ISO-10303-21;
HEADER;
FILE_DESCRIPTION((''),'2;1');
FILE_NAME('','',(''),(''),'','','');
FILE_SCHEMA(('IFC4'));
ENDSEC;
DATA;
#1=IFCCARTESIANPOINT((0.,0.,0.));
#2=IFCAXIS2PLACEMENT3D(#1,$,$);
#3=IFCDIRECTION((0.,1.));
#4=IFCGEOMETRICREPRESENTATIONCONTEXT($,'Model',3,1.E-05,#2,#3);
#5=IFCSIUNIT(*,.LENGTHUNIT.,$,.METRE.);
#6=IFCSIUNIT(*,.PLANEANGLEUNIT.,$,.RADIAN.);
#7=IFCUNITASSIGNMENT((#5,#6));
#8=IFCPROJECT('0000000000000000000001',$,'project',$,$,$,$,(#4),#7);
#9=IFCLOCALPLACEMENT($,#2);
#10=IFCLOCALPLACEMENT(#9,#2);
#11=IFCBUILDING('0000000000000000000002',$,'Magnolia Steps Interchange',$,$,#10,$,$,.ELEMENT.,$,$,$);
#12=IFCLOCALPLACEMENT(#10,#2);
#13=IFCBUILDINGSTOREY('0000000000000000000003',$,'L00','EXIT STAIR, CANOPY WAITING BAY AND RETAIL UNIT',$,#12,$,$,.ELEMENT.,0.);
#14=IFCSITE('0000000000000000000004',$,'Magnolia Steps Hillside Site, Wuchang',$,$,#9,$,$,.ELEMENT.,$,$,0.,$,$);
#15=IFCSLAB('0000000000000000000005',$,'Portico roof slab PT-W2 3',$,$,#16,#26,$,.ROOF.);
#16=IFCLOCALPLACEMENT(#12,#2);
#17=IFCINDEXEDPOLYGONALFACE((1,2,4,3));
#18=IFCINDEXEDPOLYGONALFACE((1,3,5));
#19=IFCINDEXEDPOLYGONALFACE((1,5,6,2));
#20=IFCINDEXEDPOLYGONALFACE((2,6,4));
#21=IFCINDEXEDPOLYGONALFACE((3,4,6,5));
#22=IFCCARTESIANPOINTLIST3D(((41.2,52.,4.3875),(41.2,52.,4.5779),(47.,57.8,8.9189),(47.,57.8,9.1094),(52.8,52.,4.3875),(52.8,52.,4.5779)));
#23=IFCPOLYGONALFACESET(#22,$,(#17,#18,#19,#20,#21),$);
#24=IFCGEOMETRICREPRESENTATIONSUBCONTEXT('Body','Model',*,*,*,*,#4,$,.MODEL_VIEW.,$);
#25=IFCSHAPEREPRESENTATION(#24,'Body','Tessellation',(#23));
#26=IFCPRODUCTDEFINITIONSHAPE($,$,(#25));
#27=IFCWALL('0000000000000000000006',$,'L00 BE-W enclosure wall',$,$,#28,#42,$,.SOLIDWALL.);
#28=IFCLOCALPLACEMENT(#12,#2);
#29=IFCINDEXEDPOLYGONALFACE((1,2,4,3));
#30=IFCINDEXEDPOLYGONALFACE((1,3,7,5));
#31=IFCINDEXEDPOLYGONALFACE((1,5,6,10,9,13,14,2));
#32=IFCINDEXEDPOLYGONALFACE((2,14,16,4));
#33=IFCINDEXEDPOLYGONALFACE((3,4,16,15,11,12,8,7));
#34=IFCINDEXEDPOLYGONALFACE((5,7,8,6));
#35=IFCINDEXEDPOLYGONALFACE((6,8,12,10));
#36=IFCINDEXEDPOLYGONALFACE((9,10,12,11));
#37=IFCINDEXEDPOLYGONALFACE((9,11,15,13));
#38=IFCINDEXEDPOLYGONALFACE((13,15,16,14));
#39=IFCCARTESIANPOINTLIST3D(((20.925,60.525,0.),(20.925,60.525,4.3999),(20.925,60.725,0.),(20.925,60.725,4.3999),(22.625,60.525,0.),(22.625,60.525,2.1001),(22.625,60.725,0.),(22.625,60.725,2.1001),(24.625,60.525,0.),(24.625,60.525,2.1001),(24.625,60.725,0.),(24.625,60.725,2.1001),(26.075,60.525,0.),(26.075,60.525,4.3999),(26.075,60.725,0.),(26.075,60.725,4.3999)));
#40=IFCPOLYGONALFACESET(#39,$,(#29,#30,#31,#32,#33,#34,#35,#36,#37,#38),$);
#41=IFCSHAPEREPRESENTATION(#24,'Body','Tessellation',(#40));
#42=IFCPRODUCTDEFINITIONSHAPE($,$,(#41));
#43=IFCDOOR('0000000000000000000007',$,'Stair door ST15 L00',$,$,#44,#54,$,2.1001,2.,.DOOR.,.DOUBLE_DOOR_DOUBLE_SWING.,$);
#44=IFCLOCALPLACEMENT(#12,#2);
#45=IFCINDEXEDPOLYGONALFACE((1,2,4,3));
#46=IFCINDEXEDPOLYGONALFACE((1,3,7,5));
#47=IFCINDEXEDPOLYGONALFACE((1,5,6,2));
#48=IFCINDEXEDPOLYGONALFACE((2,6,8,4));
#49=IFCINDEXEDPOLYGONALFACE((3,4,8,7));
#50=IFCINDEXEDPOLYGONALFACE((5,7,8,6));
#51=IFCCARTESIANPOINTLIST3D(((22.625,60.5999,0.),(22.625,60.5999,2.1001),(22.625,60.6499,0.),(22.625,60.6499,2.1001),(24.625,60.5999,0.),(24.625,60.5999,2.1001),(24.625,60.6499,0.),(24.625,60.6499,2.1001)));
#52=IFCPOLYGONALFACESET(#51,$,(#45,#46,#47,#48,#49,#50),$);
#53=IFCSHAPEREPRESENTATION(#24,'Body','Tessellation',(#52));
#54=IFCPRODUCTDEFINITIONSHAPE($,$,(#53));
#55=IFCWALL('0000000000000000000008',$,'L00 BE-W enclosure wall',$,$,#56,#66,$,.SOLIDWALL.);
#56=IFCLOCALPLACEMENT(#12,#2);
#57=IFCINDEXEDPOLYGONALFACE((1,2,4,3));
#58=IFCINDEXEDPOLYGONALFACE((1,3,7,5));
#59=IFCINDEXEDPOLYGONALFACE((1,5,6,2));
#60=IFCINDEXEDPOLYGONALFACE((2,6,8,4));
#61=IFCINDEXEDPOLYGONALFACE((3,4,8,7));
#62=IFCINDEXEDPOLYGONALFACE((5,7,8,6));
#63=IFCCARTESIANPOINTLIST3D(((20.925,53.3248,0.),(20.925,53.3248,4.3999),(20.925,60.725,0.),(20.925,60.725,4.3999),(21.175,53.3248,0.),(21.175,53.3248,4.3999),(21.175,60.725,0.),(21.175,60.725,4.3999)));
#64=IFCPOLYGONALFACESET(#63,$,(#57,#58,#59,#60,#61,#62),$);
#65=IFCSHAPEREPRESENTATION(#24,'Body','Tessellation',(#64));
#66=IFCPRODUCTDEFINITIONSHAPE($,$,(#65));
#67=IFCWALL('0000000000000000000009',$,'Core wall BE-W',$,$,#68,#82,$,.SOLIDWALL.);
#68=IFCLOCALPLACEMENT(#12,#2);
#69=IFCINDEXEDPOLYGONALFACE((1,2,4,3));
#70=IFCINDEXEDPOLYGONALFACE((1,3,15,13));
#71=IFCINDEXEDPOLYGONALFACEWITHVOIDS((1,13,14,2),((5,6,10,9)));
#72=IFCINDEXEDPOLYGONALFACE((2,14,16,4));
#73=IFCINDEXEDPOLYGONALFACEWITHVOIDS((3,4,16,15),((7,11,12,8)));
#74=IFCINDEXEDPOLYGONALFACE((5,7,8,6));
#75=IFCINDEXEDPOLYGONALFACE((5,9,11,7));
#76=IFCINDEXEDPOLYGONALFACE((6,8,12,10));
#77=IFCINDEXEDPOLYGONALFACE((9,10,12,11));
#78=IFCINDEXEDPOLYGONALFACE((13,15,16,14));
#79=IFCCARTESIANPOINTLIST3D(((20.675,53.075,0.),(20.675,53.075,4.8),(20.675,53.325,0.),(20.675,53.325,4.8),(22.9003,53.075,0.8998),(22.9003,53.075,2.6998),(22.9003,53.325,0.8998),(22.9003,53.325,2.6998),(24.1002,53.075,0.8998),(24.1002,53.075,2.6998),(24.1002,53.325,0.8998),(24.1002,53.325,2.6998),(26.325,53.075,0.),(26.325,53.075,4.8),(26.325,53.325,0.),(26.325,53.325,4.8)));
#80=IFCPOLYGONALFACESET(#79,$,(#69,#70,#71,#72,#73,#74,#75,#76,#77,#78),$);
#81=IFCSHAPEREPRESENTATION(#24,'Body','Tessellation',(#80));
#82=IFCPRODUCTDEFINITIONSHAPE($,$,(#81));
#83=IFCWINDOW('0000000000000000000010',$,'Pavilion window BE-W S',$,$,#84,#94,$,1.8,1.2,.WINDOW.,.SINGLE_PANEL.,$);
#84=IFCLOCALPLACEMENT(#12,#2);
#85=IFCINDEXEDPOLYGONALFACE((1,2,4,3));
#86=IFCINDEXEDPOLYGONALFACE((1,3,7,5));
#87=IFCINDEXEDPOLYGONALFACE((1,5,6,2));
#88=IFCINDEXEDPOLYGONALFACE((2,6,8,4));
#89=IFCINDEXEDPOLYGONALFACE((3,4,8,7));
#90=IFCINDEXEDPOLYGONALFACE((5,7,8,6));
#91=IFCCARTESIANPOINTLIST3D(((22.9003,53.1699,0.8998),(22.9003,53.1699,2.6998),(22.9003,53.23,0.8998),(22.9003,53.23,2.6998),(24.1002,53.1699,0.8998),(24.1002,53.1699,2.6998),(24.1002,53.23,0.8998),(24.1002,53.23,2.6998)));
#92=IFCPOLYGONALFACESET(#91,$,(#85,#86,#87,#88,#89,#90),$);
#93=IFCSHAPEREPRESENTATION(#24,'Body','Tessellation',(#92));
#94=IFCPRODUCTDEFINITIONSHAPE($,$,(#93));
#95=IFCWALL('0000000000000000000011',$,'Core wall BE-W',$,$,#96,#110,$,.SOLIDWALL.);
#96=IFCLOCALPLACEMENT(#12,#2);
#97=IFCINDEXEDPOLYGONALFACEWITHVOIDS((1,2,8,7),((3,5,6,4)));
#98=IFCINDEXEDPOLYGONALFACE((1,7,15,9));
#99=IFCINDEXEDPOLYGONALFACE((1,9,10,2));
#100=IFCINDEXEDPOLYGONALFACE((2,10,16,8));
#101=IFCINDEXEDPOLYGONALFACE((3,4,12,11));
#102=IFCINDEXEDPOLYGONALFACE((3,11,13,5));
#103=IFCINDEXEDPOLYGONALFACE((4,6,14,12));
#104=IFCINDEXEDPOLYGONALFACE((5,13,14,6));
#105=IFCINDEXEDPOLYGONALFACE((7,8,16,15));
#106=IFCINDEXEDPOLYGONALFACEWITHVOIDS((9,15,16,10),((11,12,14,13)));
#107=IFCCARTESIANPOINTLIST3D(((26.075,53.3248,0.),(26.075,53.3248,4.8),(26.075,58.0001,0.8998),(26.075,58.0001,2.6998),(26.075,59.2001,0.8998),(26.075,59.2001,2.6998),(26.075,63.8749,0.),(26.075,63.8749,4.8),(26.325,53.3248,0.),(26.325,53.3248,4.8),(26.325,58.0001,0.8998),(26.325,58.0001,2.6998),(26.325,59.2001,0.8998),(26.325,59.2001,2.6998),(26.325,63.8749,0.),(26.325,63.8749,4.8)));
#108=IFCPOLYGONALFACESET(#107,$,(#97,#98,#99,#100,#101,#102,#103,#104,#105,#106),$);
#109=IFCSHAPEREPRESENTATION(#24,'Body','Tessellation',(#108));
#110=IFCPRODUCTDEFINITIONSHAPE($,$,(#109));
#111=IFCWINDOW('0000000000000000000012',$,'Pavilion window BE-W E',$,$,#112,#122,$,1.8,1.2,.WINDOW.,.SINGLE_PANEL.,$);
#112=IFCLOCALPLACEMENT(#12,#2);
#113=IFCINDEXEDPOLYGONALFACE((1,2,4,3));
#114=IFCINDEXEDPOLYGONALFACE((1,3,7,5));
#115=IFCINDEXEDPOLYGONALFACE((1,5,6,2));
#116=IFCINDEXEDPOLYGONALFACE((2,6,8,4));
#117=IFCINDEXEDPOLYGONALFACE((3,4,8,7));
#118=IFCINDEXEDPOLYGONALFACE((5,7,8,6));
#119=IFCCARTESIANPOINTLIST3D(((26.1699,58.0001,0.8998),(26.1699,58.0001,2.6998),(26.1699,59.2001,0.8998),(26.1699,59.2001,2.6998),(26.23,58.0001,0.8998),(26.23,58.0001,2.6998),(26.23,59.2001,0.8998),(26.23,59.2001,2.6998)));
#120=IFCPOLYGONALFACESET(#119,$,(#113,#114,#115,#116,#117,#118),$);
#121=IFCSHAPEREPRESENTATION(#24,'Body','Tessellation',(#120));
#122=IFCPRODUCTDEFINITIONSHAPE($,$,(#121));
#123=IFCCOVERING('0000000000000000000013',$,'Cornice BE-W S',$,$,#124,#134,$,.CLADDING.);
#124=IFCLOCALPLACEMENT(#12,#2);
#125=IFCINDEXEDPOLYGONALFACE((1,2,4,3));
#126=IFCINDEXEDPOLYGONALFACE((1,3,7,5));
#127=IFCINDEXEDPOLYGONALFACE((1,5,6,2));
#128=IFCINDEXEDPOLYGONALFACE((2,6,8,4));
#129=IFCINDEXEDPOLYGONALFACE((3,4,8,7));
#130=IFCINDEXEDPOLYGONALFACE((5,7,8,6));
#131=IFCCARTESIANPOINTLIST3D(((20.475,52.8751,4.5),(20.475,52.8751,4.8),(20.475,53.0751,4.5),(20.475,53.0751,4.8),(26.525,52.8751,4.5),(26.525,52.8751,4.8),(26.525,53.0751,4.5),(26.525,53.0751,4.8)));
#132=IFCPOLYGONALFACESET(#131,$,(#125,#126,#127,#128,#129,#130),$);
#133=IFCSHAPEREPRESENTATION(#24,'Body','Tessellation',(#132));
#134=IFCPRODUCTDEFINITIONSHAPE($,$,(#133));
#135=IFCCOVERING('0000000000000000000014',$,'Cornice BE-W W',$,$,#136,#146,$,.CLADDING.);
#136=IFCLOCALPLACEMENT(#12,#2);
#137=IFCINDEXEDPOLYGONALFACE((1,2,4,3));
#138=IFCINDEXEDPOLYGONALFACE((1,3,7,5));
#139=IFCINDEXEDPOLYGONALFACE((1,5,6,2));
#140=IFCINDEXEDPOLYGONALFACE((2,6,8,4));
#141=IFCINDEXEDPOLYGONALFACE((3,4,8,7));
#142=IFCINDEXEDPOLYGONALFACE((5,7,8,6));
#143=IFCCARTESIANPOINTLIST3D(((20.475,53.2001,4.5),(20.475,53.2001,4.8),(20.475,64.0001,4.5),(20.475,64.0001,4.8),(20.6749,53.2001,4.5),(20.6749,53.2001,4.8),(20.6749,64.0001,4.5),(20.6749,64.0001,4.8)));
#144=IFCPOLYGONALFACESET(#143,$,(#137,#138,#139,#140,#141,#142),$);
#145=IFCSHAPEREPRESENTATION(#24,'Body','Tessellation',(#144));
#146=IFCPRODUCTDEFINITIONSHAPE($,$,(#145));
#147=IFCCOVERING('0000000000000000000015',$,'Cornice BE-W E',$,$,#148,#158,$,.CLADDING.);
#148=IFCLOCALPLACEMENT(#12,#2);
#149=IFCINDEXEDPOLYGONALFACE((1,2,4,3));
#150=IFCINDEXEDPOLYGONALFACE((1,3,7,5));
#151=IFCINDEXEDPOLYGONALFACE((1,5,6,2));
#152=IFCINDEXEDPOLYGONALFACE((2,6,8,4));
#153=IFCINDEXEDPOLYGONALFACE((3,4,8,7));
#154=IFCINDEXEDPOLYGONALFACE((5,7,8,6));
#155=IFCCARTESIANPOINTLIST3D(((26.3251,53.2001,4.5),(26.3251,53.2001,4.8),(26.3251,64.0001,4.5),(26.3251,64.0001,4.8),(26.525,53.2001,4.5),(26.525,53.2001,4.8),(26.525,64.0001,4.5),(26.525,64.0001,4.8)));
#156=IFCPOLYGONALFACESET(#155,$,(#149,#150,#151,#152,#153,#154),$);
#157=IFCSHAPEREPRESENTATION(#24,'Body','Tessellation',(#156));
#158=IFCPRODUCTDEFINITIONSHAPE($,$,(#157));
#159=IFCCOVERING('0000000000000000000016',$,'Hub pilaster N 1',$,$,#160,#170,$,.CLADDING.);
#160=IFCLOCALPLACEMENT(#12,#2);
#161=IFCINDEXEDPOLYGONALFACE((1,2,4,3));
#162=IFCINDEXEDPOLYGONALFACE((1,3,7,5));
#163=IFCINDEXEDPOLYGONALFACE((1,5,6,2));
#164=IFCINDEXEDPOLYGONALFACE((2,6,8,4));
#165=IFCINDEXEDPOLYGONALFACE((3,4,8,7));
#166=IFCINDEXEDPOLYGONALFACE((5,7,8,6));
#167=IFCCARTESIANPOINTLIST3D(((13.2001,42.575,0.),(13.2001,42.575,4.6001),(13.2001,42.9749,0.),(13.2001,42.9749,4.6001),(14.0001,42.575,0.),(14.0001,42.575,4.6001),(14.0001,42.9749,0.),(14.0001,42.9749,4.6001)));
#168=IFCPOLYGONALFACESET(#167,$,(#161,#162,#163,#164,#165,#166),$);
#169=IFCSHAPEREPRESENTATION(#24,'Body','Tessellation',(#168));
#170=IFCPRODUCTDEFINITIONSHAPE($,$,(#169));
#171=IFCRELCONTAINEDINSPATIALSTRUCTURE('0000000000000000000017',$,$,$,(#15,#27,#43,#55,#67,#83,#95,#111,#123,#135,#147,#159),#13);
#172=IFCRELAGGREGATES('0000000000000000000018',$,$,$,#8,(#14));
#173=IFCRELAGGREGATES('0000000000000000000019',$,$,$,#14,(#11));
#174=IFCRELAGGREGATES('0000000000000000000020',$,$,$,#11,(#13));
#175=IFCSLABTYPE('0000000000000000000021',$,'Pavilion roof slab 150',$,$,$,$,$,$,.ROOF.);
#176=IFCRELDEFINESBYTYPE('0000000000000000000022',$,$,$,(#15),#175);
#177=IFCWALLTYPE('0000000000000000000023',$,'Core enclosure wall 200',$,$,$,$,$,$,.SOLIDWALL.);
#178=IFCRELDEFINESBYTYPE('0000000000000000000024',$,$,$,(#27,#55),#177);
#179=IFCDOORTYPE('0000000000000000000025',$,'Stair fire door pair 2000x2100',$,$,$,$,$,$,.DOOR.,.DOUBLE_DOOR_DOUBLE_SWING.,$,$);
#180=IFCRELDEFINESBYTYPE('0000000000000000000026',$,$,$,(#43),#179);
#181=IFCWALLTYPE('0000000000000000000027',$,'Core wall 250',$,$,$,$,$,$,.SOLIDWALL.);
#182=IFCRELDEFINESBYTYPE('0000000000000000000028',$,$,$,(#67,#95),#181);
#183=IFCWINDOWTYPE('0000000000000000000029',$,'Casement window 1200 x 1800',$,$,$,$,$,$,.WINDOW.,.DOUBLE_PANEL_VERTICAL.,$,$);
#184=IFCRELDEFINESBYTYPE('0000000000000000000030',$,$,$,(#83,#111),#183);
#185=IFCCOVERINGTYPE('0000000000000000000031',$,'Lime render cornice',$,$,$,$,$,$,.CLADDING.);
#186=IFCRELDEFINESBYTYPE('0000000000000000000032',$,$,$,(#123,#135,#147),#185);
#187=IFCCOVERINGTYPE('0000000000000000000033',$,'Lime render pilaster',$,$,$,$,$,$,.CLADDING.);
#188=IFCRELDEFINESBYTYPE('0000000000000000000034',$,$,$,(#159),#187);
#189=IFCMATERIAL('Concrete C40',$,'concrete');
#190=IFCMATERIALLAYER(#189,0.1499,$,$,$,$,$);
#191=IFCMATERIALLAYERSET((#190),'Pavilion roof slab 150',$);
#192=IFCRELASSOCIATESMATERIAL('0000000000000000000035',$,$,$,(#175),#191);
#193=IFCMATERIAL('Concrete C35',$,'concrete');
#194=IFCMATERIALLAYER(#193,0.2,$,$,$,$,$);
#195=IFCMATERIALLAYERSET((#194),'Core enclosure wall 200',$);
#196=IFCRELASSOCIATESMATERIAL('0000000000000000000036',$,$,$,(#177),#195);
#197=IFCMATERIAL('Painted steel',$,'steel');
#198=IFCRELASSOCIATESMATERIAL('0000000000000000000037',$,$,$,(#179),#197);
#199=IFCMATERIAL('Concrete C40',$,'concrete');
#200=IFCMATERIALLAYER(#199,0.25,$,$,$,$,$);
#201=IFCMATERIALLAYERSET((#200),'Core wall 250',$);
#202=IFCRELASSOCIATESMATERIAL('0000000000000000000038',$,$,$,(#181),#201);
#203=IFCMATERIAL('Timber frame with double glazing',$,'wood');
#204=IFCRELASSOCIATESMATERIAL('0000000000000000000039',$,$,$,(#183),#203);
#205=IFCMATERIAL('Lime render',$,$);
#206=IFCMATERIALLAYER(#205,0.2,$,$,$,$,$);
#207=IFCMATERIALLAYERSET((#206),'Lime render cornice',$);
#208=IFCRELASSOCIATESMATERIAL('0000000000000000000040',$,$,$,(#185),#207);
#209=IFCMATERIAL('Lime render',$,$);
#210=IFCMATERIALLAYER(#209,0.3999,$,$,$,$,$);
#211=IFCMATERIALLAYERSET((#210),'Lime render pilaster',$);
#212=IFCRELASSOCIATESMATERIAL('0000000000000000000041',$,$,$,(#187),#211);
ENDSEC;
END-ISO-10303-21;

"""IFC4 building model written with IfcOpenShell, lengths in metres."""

from ifc_helpers import new_model, si_unit, direction, frame, frame_2d, origin, origin_2d, place, context, subcontext, project, spatial, polyline, rectangle, outline, extrude, material, layer, layer_set, type_object, element, fill, save


model = new_model("IFC4")

# Units and contexts
model_context = context("Model", 3, precision=1e-05, world=origin(), true_north=direction((0.0, 1.0)))
body_context = subcontext(model_context, "Body", "Model", "MODEL_VIEW")
ifc_project = project(units=[si_unit("LENGTHUNIT", "METRE"), si_unit("PLANEANGLEUNIT", "RADIAN")], contexts=[model_context])

# Site, building, storey
site_placement = place(None, origin())
site = spatial("IfcSite", under=ifc_project, at=site_placement, Name="Magnolia Steps Hillside Site, Wuchang", CompositionType="ELEMENT", RefElevation=0.0)
building_placement = place(site_placement, origin())
building = spatial("IfcBuilding", under=site, at=building_placement, Name="Magnolia Steps Interchange", CompositionType="ELEMENT")
storey_placement = place(building_placement, origin())
storey = spatial("IfcBuildingStorey", under=building, at=storey_placement, Name="L00", Description="EXIT STAIR, CANOPY WAITING BAY AND RETAIL UNIT", CompositionType="ELEMENT", Elevation=0.0)

# Slab
ifc_material_1 = material(Name="Concrete C40", Category="concrete")
ifc_layer_1 = layer(ifc_material_1, 0.1499)
ifc_layer_set_1 = layer_set([ifc_layer_1], Name="Pavilion roof slab 150")
slab_type = type_object("IfcSlabType", Name="Pavilion roof slab 150", PredefinedType="ROOF", material=ifc_layer_set_1)
slab_placement = place(storey_placement, frame((41.2, 52.0, 4.5779), z_axis=(0.0, -0.615661, 0.788011), x_axis=(1.0, 0.0, 0.0)))
element("IfcSlab", 1, at=slab_placement, inside=storey, type_object=slab_type, Name="Portico roof slab PT-W2 3", PredefinedType="ROOF", context=body_context, shape_type="SweptSolid", body=[
    extrude(outline(polyline([(0.0, 0.0), (11.6001, 0.0), (5.8, 7.3604), (0.0, 0.0)])), origin(), (0.0, -0.615661, -0.788011), 0.1904),
])

# Wall, opening, door
ifc_material_2 = material(Name="Concrete C35", Category="concrete")
ifc_layer_2 = layer(ifc_material_2, 0.2)
ifc_layer_set_2 = layer_set([ifc_layer_2], Name="Core enclosure wall 200")
wall_type_1 = type_object("IfcWallType", Name="Core enclosure wall 200", PredefinedType="SOLIDWALL", material=ifc_layer_set_2)
wall_1_placement = place(storey_placement, frame((26.075, 60.625, 0.0), z_axis=(0.0, 0.0, 1.0), x_axis=(-1.0, 0.0, 0.0)))
wall_1 = element("IfcWall", 2, at=wall_1_placement, inside=storey, type_object=wall_type_1, Name="L00 BE-W enclosure wall", PredefinedType="SOLIDWALL", context=body_context, shape_type="SweptSolid", body=[
    extrude(rectangle(XDim=5.1499, YDim=0.2, at=frame_2d((2.575, 0.0))), origin(), (0.0, 0.0, 1.0), 4.3999),
])
opening_1_placement = place(wall_1_placement, frame((1.45, 0.0, 0.0)))
opening_1 = element("IfcOpeningElement", 3, at=opening_1_placement, cuts=wall_1, PredefinedType="OPENING", context=body_context, shape_type="SweptSolid", body=[
    extrude(rectangle(XDim=2.0, YDim=2.1001, at=frame_2d((1.0, 1.05))), frame((0.0, 0.1099, 0.0), z_axis=(0.0, -1.0, 0.0), x_axis=(1.0, 0.0, 0.0)), (0.0, 0.0, 1.0), 0.22),
])
ifc_material_3 = material(Name="Painted steel", Category="steel")
door_type = type_object("IfcDoorType", Name="Stair fire door pair 2000x2100", OperationType="DOUBLE_DOOR_DOUBLE_SWING", PredefinedType="DOOR", material=ifc_material_3)
door_placement = place(opening_1_placement, frame((2.0, 0.0, 0.0), z_axis=(0.0, 0.0, 1.0), x_axis=(-1.0, 0.0, 0.0)))
door = element("IfcDoor", 4, at=door_placement, inside=storey, type_object=door_type, Name="Stair door ST15 L00", OperationType="DOUBLE_DOOR_DOUBLE_SWING", OverallHeight=2.1001, OverallWidth=2.0, PredefinedType="DOOR", context=body_context, shape_type="SweptSolid", body=[
    extrude(rectangle(XDim=2.0, YDim=2.1001, at=frame_2d((1.0, 1.05))), frame((0.0, 0.0249, 0.0), z_axis=(0.0, -1.0, 0.0), x_axis=(1.0, 0.0, 0.0)), (0.0, 0.0, 1.0), 0.05),
])
fill(opening_1, door)

# Wall
wall_2_placement = place(storey_placement, frame((21.05, 60.7251, 0.0), z_axis=(0.0, 0.0, 1.0), x_axis=(0.0, -1.0, 0.0)))
element("IfcWall", 5, at=wall_2_placement, inside=storey, type_object=wall_type_1, Name="L00 BE-W enclosure wall", PredefinedType="SOLIDWALL", context=body_context, shape_type="SweptSolid", body=[
    extrude(rectangle(XDim=7.4001, YDim=0.25, at=frame_2d((3.7002, 0.0))), origin(), (0.0, 0.0, 1.0), 4.3999),
])

# Walls, openings, windows
ifc_material_4 = material(Name="Concrete C40", Category="concrete")
ifc_layer_3 = layer(ifc_material_4, 0.25)
ifc_layer_set_3 = layer_set([ifc_layer_3], Name="Core wall 250")
wall_type_2 = type_object("IfcWallType", Name="Core wall 250", PredefinedType="SOLIDWALL", material=ifc_layer_set_3)
wall_3_placement = place(storey_placement, frame((20.675, 53.2, 0.0), z_axis=(0.0, 0.0, 1.0), x_axis=(1.0, 0.0, 0.0)))
wall_3 = element("IfcWall", 6, at=wall_3_placement, inside=storey, type_object=wall_type_2, Name="Core wall BE-W", PredefinedType="SOLIDWALL", context=body_context, shape_type="SweptSolid", body=[
    extrude(rectangle(XDim=5.6499, YDim=0.25, at=frame_2d((2.825, 0.0))), origin(), (0.0, 0.0, 1.0), 4.8),
])
opening_2_placement = place(wall_3_placement, frame((2.2251, 0.0, 0.8999)))
opening_2 = element("IfcOpeningElement", 7, at=opening_2_placement, cuts=wall_3, PredefinedType="OPENING", context=body_context, shape_type="SweptSolid", body=[
    extrude(rectangle(XDim=1.2, YDim=1.8, at=frame_2d((0.6001, 0.8999))), frame((0.0, 0.135, 0.0), z_axis=(0.0, -1.0, 0.0), x_axis=(1.0, 0.0, 0.0)), (0.0, 0.0, 1.0), 0.27),
])
ifc_material_5 = material(Name="Timber frame with double glazing", Category="wood")
window_type = type_object("IfcWindowType", Name="Casement window 1200 x 1800", PartitioningType="DOUBLE_PANEL_VERTICAL", PredefinedType="WINDOW", material=ifc_material_5)
window_1_placement = place(opening_2_placement, origin())
window_1 = element("IfcWindow", 8, at=window_1_placement, inside=storey, type_object=window_type, Name="Pavilion window BE-W S", OverallHeight=1.8, OverallWidth=1.2, PartitioningType="SINGLE_PANEL", PredefinedType="WINDOW", context=body_context, shape_type="SweptSolid", body=[
    extrude(rectangle(XDim=1.2, YDim=1.8, at=frame_2d((0.6001, 0.8999))), frame((0.0, 0.03, 0.0), z_axis=(0.0, -1.0, 0.0), x_axis=(1.0, 0.0, 0.0)), (0.0, 0.0, 1.0), 0.0601),
])
fill(opening_2, window_1)
wall_4_placement = place(storey_placement, frame((26.2, 53.325, 0.0), z_axis=(0.0, 0.0, 1.0), x_axis=(0.0, 1.0, 0.0)))
wall_4 = element("IfcWall", 9, at=wall_4_placement, inside=storey, type_object=wall_type_2, Name="Core wall BE-W", PredefinedType="SOLIDWALL", context=body_context, shape_type="SweptSolid", body=[
    extrude(rectangle(XDim=10.55, YDim=0.25, at=frame_2d((5.2749, 0.0))), origin(), (0.0, 0.0, 1.0), 4.8),
])
opening_3_placement = place(wall_4_placement, frame((4.675, 0.0, 0.8999)))
opening_3 = element("IfcOpeningElement", 10, at=opening_3_placement, cuts=wall_4, PredefinedType="OPENING", context=body_context, shape_type="SweptSolid", body=[
    extrude(rectangle(XDim=1.2, YDim=1.8, at=frame_2d((0.6001, 0.8999))), frame((0.0, 0.135, 0.0), z_axis=(0.0, -1.0, 0.0), x_axis=(1.0, 0.0, 0.0)), (0.0, 0.0, 1.0), 0.27),
])
window_2_placement = place(opening_3_placement, origin())
window_2 = element("IfcWindow", 11, at=window_2_placement, inside=storey, type_object=window_type, Name="Pavilion window BE-W E", OverallHeight=1.8, OverallWidth=1.2, PartitioningType="SINGLE_PANEL", PredefinedType="WINDOW", context=body_context, shape_type="SweptSolid", body=[
    extrude(rectangle(XDim=1.2, YDim=1.8, at=frame_2d((0.6001, 0.8999))), frame((0.0, 0.03, 0.0), z_axis=(0.0, -1.0, 0.0), x_axis=(1.0, 0.0, 0.0)), (0.0, 0.0, 1.0), 0.0601),
])
fill(opening_3, window_2)

# Coverings
ifc_material_6 = material(Name="Lime render")
ifc_layer_4 = layer(ifc_material_6, 0.2)
ifc_layer_set_4 = layer_set([ifc_layer_4], Name="Lime render cornice")
covering_type_1 = type_object("IfcCoveringType", Name="Lime render cornice", PredefinedType="CLADDING", material=ifc_layer_set_4)
covering_1_placement = place(storey_placement, frame((23.5, 52.9751, 4.5), z_axis=(0.0, 0.0, 1.0), x_axis=(1.0, 0.0, 0.0)))
element("IfcCovering", 12, at=covering_1_placement, inside=storey, type_object=covering_type_1, Name="Cornice BE-W S", PredefinedType="CLADDING", context=body_context, shape_type="SweptSolid", body=[
    extrude(rectangle(XDim=6.05, YDim=0.2, at=origin_2d()), origin(), (0.0, 0.0, 1.0), 0.3),
])
for number, where, z_axis, x_axis, name in (
    (13, (20.575, 58.6001, 4.5), (0.0, 0.0, 1.0), (1.0, 0.0, 0.0), "Cornice BE-W W"),
    (14, (26.425, 58.6001, 4.5), (0.0, 0.0, 1.0), (1.0, 0.0, 0.0), "Cornice BE-W E"),
):
    element("IfcCovering", number, at=place(storey_placement, frame(where, z_axis=z_axis, x_axis=x_axis)), inside=storey, type_object=covering_type_1, Name=name, PredefinedType="CLADDING", context=body_context, shape_type="SweptSolid", body=[
        extrude(rectangle(XDim=0.2, YDim=10.8, at=origin_2d()), origin(), (0.0, 0.0, 1.0), 0.3),
    ])
ifc_material_7 = material(Name="Lime render")
ifc_layer_5 = layer(ifc_material_7, 0.3999)
ifc_layer_set_5 = layer_set([ifc_layer_5], Name="Lime render pilaster")
covering_type_2 = type_object("IfcCoveringType", Name="Lime render pilaster", PredefinedType="CLADDING", material=ifc_layer_set_5)
for number, where, z_axis, x_axis, name in (
    (15, (13.6001, 42.7749, 0.0), (0.0, 0.0, 1.0), (1.0, 0.0, 0.0), "Hub pilaster N 1"),
):
    element("IfcCovering", number, at=place(storey_placement, frame(where, z_axis=z_axis, x_axis=x_axis)), inside=storey, type_object=covering_type_2, Name=name, PredefinedType="CLADDING", context=body_context, shape_type="SweptSolid", body=[
        extrude(rectangle(XDim=0.8, YDim=0.3999, at=origin_2d()), origin(), (0.0, 0.0, 1.0), 4.6001),
    ])

save(model, "model.ifc")
